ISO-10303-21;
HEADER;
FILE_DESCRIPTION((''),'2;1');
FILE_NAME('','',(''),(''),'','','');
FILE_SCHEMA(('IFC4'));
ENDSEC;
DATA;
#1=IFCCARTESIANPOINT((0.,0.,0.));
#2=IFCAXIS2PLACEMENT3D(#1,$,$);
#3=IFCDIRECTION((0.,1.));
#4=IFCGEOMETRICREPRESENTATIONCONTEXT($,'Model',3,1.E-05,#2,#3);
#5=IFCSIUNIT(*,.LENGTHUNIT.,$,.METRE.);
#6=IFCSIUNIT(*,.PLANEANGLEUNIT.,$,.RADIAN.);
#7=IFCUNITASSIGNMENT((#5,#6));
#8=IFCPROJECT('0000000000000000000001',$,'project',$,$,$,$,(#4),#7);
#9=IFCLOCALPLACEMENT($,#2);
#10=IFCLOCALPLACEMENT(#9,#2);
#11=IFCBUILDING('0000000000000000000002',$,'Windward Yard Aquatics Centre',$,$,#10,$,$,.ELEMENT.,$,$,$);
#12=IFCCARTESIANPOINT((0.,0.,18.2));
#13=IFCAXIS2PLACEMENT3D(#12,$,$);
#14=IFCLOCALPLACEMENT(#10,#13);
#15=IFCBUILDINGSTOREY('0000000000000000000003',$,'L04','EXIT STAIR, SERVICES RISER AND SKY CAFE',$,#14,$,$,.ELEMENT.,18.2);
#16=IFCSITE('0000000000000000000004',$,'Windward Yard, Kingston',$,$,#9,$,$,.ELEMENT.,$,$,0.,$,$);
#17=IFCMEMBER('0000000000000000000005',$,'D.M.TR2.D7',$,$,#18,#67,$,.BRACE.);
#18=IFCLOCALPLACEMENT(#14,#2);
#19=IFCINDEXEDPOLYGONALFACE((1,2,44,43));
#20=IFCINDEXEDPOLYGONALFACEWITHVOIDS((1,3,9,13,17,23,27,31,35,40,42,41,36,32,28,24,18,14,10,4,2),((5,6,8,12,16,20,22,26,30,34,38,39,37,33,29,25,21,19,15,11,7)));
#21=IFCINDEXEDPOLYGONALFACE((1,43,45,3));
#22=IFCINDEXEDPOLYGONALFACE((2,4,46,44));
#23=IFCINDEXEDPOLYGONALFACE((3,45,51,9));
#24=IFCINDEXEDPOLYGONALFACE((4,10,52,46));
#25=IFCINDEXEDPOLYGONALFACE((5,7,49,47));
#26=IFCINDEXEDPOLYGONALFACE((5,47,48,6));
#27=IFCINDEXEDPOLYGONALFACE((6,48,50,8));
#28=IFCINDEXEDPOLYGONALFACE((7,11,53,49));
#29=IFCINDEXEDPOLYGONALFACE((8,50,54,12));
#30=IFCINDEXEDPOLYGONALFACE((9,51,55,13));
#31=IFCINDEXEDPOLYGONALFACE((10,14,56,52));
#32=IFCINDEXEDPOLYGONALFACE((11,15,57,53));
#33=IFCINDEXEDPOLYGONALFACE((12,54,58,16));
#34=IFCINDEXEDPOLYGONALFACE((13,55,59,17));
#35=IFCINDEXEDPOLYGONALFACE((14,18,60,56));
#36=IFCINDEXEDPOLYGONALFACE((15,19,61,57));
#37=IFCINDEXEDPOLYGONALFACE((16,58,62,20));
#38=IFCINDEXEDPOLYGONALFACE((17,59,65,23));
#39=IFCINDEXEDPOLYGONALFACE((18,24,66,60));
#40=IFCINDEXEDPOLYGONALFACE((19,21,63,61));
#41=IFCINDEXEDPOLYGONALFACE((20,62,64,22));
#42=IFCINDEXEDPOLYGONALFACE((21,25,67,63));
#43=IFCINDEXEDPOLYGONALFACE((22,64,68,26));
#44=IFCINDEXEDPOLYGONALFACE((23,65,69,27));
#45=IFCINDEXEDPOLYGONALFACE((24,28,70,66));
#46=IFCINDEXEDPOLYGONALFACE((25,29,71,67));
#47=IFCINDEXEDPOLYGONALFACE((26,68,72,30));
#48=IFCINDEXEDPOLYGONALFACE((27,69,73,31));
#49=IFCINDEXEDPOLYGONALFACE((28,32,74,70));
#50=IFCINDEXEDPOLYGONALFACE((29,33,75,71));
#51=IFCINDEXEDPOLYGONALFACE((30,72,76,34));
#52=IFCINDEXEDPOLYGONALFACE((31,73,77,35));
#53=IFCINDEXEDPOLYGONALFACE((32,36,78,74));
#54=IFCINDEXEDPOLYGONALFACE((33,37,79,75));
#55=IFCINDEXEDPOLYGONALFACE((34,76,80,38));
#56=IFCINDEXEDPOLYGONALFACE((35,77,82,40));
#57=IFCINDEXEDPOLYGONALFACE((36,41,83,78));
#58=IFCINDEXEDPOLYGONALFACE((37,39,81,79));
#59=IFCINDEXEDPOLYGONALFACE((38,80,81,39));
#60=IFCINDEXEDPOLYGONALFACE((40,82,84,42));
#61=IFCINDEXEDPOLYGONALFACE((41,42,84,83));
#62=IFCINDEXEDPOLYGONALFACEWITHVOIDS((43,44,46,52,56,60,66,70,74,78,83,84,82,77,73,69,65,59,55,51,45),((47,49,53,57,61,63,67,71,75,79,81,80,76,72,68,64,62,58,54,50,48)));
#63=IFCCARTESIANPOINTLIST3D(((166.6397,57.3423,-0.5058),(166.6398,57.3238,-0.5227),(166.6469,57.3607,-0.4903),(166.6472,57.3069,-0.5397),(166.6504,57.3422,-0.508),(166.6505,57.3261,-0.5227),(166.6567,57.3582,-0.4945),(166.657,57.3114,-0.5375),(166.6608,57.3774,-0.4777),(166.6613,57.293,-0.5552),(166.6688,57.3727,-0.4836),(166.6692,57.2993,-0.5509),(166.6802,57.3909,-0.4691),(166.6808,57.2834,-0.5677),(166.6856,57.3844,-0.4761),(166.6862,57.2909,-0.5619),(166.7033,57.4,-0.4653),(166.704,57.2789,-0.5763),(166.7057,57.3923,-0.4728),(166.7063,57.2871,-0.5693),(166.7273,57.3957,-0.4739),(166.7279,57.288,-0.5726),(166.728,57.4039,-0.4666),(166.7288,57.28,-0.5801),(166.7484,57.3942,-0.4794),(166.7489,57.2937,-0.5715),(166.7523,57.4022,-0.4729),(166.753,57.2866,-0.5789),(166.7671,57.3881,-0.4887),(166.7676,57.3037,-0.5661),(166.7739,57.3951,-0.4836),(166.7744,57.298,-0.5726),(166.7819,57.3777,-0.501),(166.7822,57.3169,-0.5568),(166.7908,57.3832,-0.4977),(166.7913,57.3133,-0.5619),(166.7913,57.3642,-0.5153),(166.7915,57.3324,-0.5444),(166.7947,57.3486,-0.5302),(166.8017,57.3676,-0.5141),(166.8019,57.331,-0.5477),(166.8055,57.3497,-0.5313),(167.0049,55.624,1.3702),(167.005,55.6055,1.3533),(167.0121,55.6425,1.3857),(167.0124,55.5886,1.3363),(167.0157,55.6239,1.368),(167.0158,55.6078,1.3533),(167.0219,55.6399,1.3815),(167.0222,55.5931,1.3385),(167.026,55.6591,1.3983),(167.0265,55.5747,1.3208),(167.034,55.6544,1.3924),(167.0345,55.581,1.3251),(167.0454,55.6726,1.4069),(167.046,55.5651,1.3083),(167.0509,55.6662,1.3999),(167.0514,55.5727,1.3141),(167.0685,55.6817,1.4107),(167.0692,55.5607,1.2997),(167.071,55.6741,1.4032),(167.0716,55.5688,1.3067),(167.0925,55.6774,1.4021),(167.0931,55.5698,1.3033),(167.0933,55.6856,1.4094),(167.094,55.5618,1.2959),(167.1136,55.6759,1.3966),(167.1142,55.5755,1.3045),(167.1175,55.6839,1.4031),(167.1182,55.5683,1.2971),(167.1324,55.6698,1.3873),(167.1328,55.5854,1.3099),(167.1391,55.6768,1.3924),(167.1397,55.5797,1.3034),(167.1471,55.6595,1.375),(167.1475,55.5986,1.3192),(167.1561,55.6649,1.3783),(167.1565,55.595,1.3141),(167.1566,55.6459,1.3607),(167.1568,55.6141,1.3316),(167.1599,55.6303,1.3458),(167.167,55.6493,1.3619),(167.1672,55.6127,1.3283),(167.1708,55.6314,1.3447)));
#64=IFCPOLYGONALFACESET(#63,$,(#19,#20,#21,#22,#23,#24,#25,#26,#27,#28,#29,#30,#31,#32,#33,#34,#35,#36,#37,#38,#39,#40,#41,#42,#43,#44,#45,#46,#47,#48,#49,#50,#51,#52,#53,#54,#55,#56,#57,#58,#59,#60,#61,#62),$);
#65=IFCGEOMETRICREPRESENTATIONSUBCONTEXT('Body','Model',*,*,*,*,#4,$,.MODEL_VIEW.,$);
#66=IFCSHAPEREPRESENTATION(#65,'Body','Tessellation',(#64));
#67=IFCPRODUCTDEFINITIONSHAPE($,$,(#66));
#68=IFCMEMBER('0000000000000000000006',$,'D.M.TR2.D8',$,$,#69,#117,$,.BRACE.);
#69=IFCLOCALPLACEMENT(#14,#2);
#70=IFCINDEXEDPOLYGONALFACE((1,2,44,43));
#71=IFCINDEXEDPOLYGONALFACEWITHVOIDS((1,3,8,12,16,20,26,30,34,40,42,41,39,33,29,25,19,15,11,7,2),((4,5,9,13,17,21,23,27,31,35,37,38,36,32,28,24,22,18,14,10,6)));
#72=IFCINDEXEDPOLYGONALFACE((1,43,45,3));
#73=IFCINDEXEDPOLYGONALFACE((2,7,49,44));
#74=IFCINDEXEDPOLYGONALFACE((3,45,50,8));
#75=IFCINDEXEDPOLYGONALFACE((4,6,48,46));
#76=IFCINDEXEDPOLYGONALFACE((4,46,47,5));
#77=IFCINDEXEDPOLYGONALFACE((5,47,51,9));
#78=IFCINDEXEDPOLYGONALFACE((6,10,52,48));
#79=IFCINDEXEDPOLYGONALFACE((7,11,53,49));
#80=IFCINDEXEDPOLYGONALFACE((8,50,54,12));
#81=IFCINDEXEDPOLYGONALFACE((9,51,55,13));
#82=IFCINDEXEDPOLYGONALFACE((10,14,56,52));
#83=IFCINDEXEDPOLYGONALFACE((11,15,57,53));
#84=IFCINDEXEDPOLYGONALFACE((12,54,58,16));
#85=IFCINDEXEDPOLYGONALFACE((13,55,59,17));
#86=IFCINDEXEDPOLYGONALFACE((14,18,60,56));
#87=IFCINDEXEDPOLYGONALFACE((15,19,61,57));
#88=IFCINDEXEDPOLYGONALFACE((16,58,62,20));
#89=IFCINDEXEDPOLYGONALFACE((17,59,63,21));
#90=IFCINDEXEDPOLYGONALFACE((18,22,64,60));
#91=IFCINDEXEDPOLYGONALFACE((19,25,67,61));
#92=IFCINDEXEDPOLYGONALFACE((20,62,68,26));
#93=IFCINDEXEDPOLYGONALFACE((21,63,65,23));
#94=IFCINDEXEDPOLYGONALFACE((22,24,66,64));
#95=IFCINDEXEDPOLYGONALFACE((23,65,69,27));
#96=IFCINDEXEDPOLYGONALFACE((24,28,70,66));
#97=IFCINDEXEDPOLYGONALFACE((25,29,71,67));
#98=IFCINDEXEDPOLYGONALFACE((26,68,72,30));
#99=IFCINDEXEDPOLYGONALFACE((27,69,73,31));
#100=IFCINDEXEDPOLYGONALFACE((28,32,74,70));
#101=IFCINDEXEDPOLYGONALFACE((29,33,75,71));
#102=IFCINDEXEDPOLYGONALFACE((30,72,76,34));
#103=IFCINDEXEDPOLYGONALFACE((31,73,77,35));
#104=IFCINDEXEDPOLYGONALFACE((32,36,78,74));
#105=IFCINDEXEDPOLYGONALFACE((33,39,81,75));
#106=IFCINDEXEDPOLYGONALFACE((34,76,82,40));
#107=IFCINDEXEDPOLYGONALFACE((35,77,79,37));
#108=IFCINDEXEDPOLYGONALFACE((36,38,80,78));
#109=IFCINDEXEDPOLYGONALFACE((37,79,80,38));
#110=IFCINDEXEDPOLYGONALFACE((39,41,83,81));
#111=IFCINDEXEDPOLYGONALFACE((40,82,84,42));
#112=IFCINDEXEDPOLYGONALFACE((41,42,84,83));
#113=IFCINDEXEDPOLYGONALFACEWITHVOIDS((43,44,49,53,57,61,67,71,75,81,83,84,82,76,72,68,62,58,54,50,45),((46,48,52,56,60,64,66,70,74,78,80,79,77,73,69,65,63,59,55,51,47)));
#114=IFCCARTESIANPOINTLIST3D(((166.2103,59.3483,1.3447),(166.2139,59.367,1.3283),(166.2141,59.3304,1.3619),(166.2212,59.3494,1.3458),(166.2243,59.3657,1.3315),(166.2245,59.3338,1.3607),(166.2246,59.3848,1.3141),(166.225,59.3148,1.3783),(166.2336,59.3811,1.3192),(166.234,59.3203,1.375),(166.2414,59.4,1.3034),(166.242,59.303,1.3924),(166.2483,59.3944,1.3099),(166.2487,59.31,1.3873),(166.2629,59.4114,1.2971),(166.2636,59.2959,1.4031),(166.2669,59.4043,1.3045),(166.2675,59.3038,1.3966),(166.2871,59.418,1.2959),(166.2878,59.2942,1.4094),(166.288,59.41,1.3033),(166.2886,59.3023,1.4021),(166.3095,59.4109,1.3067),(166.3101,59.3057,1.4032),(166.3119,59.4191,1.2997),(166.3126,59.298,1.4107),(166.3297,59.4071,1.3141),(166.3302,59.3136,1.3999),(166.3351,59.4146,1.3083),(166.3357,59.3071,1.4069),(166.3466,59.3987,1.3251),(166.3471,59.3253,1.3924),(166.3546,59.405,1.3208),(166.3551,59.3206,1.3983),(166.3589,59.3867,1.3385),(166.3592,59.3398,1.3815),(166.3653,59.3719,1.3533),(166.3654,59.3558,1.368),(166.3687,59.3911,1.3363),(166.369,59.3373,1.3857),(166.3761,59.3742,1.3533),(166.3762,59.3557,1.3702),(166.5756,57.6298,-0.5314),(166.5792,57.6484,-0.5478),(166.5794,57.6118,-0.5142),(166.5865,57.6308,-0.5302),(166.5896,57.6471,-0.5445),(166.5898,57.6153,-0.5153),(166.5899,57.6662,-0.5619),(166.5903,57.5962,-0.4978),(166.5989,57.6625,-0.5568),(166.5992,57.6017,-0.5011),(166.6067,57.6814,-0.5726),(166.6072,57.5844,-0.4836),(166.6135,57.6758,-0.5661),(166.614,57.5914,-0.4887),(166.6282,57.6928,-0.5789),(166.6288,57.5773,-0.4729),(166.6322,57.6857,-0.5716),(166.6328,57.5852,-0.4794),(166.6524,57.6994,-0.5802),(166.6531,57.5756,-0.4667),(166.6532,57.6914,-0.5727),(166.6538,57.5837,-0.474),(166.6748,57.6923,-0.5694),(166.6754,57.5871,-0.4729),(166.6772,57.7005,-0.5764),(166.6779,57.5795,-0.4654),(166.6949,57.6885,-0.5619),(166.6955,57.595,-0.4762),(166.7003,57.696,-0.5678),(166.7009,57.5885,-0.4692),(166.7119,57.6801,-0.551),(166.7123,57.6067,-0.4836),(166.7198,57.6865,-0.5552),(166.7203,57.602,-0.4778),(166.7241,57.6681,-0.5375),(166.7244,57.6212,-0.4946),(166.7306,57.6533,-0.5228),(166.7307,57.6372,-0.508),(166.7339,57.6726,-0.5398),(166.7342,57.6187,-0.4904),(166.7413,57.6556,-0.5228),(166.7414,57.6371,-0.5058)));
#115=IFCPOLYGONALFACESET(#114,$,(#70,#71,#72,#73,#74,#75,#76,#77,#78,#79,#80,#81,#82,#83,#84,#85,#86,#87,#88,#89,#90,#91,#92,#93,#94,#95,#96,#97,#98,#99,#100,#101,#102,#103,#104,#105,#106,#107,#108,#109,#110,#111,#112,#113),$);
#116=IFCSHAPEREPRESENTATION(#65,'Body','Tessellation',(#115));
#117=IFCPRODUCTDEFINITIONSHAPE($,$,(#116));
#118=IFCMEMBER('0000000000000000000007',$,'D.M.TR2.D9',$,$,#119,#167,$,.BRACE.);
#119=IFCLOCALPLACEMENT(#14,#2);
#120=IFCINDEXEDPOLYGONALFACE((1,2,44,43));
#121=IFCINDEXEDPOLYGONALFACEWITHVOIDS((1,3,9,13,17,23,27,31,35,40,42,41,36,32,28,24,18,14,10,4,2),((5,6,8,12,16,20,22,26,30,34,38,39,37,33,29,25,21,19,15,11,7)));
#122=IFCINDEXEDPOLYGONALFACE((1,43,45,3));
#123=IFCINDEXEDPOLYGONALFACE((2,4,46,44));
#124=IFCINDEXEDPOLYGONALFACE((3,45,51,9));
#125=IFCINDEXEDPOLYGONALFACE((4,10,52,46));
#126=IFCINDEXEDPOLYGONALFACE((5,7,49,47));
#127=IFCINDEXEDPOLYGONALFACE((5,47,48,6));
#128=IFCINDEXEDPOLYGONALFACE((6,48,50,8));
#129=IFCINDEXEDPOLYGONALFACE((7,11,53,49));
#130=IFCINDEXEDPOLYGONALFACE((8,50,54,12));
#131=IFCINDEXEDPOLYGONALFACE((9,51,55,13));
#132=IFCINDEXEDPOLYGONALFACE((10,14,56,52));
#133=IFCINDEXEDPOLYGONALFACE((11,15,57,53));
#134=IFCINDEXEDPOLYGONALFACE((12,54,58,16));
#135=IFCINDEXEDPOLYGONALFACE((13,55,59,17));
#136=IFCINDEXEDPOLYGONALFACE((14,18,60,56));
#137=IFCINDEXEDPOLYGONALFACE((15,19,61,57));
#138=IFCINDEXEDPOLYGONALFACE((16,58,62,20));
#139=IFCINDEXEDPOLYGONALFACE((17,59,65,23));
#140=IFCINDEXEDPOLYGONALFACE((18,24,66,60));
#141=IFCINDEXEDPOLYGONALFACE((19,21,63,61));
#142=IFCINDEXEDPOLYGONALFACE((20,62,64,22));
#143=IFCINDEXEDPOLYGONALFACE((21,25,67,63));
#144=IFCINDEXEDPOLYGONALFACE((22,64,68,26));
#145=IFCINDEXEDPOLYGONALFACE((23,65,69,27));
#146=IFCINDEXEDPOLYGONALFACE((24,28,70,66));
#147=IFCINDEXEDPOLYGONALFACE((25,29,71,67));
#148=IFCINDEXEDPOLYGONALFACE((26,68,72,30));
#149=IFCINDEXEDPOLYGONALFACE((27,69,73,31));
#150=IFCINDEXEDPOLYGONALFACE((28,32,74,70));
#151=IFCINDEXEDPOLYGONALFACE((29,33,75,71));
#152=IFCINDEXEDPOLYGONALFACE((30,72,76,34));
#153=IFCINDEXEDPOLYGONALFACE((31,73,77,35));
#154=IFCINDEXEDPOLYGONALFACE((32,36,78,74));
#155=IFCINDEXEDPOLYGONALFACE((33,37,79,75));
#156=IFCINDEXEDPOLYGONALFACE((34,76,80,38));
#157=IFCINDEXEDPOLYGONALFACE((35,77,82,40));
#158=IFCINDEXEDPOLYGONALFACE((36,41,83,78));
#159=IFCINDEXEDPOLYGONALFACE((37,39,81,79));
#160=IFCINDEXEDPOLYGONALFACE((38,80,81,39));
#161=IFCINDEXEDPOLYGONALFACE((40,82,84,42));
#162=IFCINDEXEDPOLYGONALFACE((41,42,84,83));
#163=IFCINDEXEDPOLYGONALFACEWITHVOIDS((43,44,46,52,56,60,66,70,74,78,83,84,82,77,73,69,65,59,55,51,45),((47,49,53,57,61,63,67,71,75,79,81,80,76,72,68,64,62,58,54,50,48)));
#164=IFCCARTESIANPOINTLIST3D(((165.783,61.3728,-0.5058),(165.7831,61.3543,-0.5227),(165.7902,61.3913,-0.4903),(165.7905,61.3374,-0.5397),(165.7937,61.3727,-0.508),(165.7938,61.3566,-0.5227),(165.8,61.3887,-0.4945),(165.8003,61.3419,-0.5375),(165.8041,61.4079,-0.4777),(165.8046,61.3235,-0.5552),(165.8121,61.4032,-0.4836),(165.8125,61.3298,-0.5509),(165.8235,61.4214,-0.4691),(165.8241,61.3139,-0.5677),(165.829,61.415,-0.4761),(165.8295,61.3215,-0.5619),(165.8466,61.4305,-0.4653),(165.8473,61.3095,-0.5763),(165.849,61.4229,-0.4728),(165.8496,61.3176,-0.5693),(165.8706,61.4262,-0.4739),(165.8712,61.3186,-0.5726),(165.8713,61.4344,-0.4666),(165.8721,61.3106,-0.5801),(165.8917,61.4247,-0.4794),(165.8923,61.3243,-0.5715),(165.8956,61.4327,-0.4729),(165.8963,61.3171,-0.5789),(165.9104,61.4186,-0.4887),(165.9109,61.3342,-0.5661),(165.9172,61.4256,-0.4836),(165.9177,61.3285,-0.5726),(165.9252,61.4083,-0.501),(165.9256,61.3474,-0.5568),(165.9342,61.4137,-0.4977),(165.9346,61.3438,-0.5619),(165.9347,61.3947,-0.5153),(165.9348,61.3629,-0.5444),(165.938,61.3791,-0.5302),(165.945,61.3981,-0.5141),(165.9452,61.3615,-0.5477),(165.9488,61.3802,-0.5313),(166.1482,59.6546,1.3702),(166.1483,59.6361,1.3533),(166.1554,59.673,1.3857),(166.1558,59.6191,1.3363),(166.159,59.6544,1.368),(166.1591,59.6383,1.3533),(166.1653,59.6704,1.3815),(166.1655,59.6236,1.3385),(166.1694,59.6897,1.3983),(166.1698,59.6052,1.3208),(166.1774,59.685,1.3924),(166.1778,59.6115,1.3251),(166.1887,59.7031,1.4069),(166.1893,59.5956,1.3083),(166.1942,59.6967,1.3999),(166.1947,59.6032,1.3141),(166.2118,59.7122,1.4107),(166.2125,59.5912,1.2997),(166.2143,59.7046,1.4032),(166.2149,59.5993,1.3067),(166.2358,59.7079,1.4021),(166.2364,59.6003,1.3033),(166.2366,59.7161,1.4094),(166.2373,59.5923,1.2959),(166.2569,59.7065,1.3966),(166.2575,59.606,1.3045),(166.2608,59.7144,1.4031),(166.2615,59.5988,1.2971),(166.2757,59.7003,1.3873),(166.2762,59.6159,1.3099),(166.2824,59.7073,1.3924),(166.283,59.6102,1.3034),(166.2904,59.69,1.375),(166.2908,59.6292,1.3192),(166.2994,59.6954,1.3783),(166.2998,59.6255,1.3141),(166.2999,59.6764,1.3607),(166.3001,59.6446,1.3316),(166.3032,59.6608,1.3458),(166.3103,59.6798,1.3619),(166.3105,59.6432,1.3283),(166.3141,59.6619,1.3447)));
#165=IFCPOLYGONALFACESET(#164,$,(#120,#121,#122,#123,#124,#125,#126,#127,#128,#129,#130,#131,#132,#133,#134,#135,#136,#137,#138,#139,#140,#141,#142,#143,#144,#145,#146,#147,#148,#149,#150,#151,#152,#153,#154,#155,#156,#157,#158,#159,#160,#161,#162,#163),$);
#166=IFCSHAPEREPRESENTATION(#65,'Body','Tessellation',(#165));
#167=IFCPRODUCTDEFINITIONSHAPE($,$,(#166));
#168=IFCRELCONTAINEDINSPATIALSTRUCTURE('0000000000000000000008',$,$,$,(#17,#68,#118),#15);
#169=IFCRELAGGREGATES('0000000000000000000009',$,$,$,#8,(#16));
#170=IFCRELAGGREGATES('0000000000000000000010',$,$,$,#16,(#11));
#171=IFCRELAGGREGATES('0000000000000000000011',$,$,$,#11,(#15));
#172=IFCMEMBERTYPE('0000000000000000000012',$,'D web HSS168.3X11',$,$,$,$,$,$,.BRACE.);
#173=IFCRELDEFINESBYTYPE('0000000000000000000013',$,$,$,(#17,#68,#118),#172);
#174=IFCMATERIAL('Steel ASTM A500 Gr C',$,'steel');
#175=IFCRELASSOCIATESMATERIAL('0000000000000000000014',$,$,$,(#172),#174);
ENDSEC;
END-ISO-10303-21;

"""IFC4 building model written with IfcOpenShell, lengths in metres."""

from ifc_helpers import new_model, si_unit, direction, frame, origin, origin_2d, place, context, subcontext, project, spatial, hollow_circle, extrude, material, material_profile, profile_set, type_object, element, save


model = new_model("IFC4")

# Units and contexts
model_context = context("Model", 3, precision=1e-05, world=origin(), true_north=direction((0.0, 1.0)))
body_context = subcontext(model_context, "Body", "Model", "MODEL_VIEW")
ifc_project = project(units=[si_unit("LENGTHUNIT", "METRE"), si_unit("PLANEANGLEUNIT", "RADIAN")], contexts=[model_context])

# Site, building, storey
site_placement = place(None, origin())
site = spatial("IfcSite", under=ifc_project, at=site_placement, Name="Windward Yard, Kingston", CompositionType="ELEMENT", RefElevation=0.0)
building_placement = place(site_placement, origin())
building = spatial("IfcBuilding", under=site, at=building_placement, Name="Windward Yard Aquatics Centre", CompositionType="ELEMENT")
storey_placement = place(building_placement, frame((0.0, 0.0, 18.2)))
storey = spatial("IfcBuildingStorey", under=building, at=storey_placement, Name="L04", Description="EXIT STAIR, SERVICES RISER AND SKY CAFE", CompositionType="ELEMENT", Elevation=18.2)

# Members
ifc_material_1 = material(Name="Steel ASTM A500 Gr C", Category="steel")
ifc_material_profile_1 = material_profile(ifc_material_1, hollow_circle(Radius=0.0842, WallThickness=0.011, at=origin_2d()), Name="HSS168.3X11")
ifc_profile_set_1 = profile_set([ifc_material_profile_1], Name="Steel ASTM A500 Gr C")
member_type_1 = type_object("IfcMemberType", Name="D web HSS168.3X11", PredefinedType="BRACE", material=ifc_profile_set_1)
member_1_placement = place(storey_placement, frame((167.0874, 55.623, 1.3533), z_axis=(-0.142112, 0.668574, -0.729941), x_axis=(-0.978147, -0.207915, 0.0)))
element("IfcMember", 1, at=member_1_placement, inside=storey, type_object=member_type_1, Name="D.M.TR2.D7", PredefinedType="BRACE", context=body_context, shape_type="SweptSolid", body=[
    extrude(hollow_circle(Radius=0.0842, WallThickness=0.011, at=origin_2d()), origin(), (0.0, 0.0, 1.0), 2.5701),
])
member_2_placement = place(storey_placement, frame((166.2937, 59.3567, 1.3533), z_axis=(0.142103, -0.668626, -0.729894), x_axis=(0.978153, 0.207887, 0.0)))
element("IfcMember", 2, at=member_2_placement, inside=storey, type_object=member_type_1, Name="D.M.TR2.D8", PredefinedType="BRACE", context=body_context, shape_type="SweptSolid", body=[
    extrude(hollow_circle(Radius=0.0842, WallThickness=0.011, at=origin_2d()), origin(), (0.0, 0.0, 1.0), 2.5703),
])
member_3_placement = place(storey_placement, frame((166.2307, 59.6536, 1.3533), z_axis=(-0.142112, 0.668574, -0.729941), x_axis=(-0.978147, -0.207915, 0.0)))
element("IfcMember", 3, at=member_3_placement, inside=storey, type_object=member_type_1, Name="D.M.TR2.D9", PredefinedType="BRACE", context=body_context, shape_type="SweptSolid", body=[
    extrude(hollow_circle(Radius=0.0842, WallThickness=0.011, at=origin_2d()), origin(), (0.0, 0.0, 1.0), 2.5701),
])

save(model, "model.ifc")
